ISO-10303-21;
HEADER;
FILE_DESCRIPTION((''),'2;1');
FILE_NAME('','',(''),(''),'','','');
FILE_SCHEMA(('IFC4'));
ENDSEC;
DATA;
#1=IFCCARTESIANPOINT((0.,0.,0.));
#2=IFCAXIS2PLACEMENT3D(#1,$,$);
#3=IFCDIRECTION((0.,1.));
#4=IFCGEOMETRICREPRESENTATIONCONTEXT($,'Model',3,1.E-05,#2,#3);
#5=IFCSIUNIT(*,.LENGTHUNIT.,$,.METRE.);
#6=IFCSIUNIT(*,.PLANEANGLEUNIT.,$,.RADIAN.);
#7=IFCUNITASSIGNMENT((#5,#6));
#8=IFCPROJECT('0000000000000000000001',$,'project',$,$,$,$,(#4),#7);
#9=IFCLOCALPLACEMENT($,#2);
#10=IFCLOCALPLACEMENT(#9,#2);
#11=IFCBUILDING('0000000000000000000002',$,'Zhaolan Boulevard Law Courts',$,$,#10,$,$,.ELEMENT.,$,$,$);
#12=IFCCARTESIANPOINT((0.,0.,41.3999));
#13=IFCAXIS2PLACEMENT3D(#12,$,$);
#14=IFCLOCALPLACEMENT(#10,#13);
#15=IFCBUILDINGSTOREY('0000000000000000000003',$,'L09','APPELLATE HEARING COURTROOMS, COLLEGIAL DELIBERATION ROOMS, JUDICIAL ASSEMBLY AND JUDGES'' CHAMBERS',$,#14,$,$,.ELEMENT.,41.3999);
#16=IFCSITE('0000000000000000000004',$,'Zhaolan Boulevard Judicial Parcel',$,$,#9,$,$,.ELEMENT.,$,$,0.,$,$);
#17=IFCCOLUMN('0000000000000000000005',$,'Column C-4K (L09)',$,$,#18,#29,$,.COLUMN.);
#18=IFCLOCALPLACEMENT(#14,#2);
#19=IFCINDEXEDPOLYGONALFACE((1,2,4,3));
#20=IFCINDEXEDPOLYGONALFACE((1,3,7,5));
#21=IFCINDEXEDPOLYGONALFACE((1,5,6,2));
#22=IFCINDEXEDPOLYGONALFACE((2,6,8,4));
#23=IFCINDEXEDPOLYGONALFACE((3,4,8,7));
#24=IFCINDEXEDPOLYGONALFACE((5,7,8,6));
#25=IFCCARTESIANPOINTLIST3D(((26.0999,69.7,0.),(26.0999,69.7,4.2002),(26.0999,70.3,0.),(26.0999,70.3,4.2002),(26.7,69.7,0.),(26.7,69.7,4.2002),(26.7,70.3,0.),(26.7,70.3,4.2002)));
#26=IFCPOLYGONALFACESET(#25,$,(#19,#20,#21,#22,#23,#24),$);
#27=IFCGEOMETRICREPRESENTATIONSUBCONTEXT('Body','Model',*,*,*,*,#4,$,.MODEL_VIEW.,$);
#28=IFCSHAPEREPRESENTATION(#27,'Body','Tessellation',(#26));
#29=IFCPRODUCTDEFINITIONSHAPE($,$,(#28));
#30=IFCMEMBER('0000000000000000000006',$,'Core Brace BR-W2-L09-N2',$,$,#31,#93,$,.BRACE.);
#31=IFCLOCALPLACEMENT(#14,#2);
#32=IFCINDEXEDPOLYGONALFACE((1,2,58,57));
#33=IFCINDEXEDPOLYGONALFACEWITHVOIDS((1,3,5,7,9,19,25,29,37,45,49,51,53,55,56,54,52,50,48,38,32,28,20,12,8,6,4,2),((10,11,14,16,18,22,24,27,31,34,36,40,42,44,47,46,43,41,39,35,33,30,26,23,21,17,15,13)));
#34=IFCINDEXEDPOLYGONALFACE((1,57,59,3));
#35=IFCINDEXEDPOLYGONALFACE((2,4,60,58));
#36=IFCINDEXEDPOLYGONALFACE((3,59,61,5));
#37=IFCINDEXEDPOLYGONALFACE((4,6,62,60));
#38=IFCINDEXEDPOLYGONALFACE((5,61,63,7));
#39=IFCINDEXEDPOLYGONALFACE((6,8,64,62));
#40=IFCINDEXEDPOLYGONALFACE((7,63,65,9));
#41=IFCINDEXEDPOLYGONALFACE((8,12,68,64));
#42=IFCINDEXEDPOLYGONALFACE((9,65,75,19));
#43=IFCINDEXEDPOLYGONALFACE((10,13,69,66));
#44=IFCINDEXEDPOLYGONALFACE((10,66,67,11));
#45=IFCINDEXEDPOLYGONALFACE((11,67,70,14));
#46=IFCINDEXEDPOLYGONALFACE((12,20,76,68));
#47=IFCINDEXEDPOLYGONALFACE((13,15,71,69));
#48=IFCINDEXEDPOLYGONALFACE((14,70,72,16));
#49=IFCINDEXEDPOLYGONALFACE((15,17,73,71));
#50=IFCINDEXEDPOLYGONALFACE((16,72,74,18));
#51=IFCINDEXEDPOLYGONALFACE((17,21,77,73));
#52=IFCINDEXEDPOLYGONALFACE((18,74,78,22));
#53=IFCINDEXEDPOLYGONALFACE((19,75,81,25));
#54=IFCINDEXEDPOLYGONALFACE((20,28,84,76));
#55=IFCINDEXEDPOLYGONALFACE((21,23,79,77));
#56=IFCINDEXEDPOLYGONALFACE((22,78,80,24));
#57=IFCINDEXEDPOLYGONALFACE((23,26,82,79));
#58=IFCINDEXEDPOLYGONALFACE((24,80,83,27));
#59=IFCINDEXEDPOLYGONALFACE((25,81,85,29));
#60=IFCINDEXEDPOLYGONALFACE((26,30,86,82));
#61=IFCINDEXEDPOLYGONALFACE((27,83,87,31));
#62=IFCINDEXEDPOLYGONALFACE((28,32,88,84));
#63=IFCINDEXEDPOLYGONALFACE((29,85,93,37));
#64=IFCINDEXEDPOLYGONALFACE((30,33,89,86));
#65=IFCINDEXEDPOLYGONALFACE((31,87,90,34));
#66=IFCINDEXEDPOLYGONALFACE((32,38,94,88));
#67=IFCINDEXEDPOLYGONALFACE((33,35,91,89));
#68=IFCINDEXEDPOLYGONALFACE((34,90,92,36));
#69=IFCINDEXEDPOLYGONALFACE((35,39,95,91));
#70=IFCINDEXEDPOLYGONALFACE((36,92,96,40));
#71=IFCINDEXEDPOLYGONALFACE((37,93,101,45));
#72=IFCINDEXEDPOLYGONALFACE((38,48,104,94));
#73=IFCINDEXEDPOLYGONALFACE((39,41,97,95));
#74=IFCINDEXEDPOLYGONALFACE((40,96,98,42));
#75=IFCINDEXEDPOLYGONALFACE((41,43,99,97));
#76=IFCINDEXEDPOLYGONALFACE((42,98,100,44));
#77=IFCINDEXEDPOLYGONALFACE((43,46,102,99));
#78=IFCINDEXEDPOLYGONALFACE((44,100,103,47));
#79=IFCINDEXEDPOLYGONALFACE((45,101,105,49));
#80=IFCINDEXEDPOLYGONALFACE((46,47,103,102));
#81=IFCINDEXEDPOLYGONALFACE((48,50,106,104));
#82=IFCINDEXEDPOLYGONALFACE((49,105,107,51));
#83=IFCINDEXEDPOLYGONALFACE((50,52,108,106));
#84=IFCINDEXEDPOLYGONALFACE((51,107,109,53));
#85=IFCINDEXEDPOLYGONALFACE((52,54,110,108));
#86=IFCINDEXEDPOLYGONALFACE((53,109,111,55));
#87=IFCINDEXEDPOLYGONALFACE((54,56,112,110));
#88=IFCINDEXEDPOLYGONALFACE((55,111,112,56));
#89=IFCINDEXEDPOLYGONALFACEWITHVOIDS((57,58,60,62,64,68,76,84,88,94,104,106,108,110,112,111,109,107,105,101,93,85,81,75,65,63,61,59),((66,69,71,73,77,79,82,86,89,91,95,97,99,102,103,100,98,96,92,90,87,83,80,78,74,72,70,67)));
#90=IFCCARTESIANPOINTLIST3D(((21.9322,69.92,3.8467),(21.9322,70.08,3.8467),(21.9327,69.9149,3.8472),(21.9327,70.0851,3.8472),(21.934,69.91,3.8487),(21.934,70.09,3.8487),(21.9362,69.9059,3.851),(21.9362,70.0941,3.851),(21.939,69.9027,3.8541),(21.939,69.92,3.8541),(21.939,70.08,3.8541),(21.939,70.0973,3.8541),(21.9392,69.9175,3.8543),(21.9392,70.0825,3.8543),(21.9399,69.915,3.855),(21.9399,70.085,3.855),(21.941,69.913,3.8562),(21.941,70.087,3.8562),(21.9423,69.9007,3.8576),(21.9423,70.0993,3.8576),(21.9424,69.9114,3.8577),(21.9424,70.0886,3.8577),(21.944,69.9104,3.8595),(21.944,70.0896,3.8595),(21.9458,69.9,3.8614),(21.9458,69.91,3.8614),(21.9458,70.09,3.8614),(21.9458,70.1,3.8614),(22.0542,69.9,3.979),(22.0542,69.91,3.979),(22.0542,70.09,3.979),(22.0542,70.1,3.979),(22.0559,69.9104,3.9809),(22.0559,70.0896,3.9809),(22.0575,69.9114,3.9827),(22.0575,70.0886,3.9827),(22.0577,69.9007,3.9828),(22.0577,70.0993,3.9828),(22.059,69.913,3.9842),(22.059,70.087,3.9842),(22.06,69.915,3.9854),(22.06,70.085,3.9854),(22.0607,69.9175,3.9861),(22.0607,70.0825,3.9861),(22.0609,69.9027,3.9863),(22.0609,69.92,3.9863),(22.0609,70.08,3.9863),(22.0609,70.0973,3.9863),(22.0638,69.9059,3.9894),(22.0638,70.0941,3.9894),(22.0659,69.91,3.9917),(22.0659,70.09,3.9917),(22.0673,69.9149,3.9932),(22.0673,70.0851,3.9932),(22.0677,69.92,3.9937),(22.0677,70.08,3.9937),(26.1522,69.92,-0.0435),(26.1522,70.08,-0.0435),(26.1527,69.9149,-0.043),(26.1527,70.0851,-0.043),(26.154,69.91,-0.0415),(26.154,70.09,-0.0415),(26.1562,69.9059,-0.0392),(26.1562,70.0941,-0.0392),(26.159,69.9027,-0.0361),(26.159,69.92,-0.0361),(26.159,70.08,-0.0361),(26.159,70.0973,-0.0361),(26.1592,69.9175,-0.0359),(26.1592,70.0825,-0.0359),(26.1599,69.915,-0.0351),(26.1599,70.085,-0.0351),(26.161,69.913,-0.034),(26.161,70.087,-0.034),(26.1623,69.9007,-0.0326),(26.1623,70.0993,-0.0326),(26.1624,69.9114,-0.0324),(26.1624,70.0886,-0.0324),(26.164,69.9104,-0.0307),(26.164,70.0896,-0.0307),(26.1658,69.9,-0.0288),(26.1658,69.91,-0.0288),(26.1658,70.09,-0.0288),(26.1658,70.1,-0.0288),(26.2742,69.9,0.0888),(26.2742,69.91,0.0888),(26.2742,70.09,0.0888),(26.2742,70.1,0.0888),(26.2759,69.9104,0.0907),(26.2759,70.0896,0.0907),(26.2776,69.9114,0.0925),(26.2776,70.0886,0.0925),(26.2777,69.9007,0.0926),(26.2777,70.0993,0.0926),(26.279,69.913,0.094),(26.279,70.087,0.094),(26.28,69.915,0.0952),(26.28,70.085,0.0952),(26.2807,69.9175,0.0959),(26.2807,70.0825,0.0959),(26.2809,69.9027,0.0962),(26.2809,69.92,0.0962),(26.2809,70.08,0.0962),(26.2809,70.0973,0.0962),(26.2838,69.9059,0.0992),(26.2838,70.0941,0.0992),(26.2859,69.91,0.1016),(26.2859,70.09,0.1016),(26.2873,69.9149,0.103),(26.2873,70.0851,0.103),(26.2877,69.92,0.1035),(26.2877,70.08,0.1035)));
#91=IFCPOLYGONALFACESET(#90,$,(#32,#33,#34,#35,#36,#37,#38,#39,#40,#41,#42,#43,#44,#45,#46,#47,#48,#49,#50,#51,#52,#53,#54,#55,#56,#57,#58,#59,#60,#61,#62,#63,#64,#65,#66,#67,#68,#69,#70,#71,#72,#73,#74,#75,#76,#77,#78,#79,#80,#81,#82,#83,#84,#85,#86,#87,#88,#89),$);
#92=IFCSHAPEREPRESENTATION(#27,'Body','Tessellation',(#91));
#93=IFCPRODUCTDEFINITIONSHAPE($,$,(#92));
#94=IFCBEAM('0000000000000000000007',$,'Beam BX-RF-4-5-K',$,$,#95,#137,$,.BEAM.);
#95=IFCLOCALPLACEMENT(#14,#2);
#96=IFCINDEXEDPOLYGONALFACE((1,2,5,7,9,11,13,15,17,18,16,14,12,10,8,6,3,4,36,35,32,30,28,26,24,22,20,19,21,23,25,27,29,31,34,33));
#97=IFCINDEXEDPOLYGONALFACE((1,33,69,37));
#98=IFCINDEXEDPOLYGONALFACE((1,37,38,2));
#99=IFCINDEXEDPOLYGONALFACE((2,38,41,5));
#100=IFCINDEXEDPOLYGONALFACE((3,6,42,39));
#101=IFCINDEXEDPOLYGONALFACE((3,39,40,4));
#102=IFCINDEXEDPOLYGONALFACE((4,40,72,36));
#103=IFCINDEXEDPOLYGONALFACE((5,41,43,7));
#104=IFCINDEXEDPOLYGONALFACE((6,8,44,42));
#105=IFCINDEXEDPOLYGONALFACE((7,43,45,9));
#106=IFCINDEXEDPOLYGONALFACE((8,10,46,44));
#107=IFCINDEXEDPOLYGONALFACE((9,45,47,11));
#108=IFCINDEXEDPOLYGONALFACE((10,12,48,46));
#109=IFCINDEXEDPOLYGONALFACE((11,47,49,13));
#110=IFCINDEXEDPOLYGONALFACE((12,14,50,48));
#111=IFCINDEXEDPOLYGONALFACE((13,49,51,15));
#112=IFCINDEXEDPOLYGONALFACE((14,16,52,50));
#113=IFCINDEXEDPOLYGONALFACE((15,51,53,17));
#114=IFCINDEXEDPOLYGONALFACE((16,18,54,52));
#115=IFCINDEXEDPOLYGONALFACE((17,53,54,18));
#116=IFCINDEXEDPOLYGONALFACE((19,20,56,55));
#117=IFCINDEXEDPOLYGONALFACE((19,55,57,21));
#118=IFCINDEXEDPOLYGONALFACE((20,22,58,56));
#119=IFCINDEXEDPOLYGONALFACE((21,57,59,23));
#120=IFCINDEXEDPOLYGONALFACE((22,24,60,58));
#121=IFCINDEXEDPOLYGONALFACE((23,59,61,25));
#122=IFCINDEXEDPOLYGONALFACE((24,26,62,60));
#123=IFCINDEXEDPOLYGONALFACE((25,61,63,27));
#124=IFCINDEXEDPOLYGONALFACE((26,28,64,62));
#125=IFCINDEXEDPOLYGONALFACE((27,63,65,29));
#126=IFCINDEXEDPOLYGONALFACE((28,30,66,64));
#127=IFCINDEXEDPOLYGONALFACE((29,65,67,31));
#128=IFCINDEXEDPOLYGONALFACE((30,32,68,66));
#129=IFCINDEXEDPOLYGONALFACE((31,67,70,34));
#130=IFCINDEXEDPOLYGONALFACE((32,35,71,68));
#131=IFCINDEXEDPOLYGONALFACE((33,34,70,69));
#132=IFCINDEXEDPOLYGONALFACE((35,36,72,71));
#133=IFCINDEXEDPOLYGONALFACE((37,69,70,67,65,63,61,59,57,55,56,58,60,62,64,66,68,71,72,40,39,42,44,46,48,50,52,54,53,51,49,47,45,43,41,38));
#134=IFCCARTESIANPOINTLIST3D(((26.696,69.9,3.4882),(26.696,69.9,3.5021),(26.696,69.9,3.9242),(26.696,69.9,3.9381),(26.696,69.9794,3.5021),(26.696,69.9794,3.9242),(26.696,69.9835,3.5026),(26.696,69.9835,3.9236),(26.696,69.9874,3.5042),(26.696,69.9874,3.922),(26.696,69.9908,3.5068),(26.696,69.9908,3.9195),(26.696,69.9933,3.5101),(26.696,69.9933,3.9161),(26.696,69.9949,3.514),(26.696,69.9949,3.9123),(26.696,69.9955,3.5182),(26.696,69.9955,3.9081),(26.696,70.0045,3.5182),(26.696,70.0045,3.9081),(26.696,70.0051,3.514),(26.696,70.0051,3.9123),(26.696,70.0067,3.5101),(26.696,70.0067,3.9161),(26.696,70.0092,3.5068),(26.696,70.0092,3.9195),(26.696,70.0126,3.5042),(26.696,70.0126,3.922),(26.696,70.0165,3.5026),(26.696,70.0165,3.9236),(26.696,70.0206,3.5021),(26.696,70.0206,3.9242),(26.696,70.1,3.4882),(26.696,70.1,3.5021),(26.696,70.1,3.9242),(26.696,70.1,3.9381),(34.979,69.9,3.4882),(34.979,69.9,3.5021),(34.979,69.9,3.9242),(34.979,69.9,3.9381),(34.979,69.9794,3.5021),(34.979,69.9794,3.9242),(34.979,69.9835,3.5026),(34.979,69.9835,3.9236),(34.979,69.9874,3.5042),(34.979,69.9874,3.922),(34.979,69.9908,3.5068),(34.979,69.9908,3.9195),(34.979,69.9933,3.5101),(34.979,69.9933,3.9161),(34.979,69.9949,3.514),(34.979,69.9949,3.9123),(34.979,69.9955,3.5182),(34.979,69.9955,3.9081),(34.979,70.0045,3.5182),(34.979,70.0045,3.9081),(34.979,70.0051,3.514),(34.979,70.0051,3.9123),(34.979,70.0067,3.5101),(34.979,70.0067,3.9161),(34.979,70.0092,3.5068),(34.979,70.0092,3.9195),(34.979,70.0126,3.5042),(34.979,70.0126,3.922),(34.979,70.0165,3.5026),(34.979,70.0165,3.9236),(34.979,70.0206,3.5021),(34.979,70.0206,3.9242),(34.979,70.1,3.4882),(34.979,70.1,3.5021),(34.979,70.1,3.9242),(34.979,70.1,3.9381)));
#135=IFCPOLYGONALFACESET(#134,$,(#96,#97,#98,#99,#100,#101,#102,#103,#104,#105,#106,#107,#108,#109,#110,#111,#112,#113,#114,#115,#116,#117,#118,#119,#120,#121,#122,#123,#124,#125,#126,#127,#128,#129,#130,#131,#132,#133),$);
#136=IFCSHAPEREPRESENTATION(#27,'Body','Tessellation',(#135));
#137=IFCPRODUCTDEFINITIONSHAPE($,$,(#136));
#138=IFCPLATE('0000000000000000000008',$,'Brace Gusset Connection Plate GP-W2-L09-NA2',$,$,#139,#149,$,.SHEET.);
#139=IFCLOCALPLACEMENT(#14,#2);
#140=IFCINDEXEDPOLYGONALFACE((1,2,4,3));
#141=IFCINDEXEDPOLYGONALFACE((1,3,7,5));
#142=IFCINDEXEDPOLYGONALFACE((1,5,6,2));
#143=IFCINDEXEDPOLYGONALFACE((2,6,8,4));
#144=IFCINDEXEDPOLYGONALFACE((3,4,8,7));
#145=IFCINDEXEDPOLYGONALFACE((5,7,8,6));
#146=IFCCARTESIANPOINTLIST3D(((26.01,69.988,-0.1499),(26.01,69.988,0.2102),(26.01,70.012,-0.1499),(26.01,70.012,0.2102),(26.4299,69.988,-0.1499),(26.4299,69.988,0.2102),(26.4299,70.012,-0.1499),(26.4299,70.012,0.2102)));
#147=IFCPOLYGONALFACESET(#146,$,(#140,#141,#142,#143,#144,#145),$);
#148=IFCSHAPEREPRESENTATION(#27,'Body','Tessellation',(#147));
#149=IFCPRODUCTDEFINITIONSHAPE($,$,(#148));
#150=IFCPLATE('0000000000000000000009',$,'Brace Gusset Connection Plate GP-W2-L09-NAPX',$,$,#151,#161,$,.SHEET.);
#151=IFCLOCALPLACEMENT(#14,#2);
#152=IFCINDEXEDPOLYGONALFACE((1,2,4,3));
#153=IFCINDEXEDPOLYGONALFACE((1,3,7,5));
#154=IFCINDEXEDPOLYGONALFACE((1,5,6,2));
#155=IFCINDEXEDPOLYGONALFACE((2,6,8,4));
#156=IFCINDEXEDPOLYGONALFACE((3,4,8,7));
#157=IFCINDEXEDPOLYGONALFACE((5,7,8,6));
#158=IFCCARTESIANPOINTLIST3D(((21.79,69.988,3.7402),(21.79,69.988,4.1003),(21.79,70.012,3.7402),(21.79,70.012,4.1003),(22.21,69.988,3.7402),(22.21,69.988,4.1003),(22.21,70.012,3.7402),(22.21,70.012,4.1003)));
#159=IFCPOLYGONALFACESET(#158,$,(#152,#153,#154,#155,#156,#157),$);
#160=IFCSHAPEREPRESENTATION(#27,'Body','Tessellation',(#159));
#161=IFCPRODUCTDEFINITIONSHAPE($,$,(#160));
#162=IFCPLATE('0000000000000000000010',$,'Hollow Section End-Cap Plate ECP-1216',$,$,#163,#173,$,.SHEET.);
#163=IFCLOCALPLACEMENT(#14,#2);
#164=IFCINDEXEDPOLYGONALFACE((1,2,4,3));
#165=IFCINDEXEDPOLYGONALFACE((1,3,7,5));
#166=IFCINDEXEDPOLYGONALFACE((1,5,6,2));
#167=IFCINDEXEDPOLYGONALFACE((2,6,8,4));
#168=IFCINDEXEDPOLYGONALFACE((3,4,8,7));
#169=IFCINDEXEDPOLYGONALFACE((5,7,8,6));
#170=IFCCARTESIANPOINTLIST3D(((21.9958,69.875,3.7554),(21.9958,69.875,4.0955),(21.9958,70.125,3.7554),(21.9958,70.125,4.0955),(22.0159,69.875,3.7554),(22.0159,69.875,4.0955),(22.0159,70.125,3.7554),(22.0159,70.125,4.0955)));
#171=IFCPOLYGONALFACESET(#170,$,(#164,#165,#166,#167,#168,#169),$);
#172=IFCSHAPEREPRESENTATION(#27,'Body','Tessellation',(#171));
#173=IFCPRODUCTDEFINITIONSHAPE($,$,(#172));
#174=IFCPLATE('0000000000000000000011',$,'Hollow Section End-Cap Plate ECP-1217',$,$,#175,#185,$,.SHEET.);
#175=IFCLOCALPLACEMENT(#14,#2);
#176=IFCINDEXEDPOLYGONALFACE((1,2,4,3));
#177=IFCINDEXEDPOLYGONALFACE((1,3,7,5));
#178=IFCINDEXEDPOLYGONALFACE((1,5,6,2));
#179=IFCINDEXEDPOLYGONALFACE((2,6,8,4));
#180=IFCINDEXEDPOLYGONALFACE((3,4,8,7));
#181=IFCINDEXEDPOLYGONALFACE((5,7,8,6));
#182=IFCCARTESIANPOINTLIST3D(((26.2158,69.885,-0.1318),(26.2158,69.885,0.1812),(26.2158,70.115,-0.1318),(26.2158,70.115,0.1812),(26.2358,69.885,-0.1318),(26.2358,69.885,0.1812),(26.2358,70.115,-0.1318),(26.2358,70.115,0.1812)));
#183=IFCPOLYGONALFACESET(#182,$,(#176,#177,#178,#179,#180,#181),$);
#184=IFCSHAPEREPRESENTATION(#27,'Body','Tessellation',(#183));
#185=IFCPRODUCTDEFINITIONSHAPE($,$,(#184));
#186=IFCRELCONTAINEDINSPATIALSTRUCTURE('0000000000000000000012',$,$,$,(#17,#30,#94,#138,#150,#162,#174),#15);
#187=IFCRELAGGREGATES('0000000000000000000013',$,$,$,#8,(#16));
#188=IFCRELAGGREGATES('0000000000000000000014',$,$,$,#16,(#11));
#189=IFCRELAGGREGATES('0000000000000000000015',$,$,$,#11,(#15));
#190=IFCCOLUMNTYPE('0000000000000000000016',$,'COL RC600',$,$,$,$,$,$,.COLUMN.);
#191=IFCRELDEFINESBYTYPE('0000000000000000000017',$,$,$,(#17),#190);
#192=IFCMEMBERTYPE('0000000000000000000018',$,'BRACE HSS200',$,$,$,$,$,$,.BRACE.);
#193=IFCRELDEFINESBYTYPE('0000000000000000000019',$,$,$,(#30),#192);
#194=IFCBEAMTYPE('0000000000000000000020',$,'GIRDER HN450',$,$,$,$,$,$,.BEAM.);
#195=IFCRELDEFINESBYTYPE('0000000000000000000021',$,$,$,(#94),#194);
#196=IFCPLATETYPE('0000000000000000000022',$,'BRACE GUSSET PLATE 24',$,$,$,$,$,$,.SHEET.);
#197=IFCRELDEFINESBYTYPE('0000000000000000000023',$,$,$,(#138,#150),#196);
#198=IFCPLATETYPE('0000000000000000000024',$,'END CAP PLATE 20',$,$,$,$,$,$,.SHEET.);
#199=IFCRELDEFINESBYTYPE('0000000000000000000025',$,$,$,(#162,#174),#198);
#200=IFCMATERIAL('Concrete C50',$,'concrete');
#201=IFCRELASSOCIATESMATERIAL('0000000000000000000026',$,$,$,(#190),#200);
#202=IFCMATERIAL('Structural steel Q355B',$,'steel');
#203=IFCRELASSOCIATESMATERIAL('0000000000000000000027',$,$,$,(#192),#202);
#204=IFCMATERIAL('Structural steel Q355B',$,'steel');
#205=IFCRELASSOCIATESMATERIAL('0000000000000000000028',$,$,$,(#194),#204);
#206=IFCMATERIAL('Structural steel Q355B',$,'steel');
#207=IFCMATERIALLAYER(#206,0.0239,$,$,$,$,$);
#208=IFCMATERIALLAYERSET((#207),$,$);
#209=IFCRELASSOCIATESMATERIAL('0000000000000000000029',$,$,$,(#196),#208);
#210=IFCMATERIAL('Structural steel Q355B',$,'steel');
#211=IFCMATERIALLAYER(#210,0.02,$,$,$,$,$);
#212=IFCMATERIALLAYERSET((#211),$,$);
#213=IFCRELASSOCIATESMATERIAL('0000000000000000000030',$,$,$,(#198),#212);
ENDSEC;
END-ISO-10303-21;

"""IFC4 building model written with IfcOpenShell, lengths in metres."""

from ifc_helpers import new_model, si_unit, direction, frame, origin, origin_2d, place, context, subcontext, project, spatial, rectangle, hollow_rectangle, i_section, extrude, material, layer, layer_set, material_profile, profile_set, type_object, element, save


model = new_model("IFC4")

# Units and contexts
model_context = context("Model", 3, precision=1e-05, world=origin(), true_north=direction((0.0, 1.0)))
body_context = subcontext(model_context, "Body", "Model", "MODEL_VIEW")
ifc_project = project(units=[si_unit("LENGTHUNIT", "METRE"), si_unit("PLANEANGLEUNIT", "RADIAN")], contexts=[model_context])

# Site, building, storey
site_placement = place(None, origin())
site = spatial("IfcSite", under=ifc_project, at=site_placement, Name="Zhaolan Boulevard Judicial Parcel", CompositionType="ELEMENT", RefElevation=0.0)
building_placement = place(site_placement, origin())
building = spatial("IfcBuilding", under=site, at=building_placement, Name="Zhaolan Boulevard Law Courts", CompositionType="ELEMENT")
storey_placement = place(building_placement, frame((0.0, 0.0, 41.3999)))
storey = spatial("IfcBuildingStorey", under=building, at=storey_placement, Name="L09", Description="APPELLATE HEARING COURTROOMS, COLLEGIAL DELIBERATION ROOMS, JUDICIAL ASSEMBLY AND JUDGES' CHAMBERS", CompositionType="ELEMENT", Elevation=41.3999)

# Column
ifc_material_1 = material(Name="Concrete C50", Category="concrete")
ifc_material_profile_1 = material_profile(ifc_material_1, rectangle(XDim=0.6001, YDim=0.6001, at=origin_2d()), Name="RC600x600")
ifc_profile_set_1 = profile_set([ifc_material_profile_1], Name="Concrete C50")
column_type = type_object("IfcColumnType", Name="COL RC600", PredefinedType="COLUMN", material=ifc_profile_set_1)
column_placement = place(storey_placement, frame((26.3999, 70.0, 0.0), z_axis=(0.0, 0.0, 1.0), x_axis=(1.0, 0.0, 0.0)))
element("IfcColumn", 1, at=column_placement, inside=storey, type_object=column_type, Name="Column C-4K (L09)", PredefinedType="COLUMN", context=body_context, shape_type="SweptSolid", body=[
    extrude(rectangle(XDim=0.6001, YDim=0.6001, at=origin_2d()), origin(), (0.0, 0.0, 1.0), 4.2002),
])

# Member
ifc_material_2 = material(Name="Structural steel Q355B", Category="steel")
ifc_material_profile_2 = material_profile(ifc_material_2, hollow_rectangle(XDim=0.2, YDim=0.2, WallThickness=0.01, InnerFilletRadius=0.01, OuterFilletRadius=0.02, at=origin_2d()), Name="HSS200x200x10")
ifc_profile_set_2 = profile_set([ifc_material_profile_2], Name="Structural steel Q355B")
member_type = type_object("IfcMemberType", Name="BRACE HSS200", PredefinedType="BRACE", material=ifc_profile_set_2)
member_placement = place(storey_placement, frame((26.22, 70.0, 0.03), z_axis=(-0.735257, 0.0, 0.677789), x_axis=(0.0, -1.0, 0.0)))
element("IfcMember", 2, at=member_placement, inside=storey, type_object=member_type, Name="Core Brace BR-W2-L09-N2", PredefinedType="BRACE", context=body_context, shape_type="SweptSolid", body=[
    extrude(hollow_rectangle(XDim=0.2, YDim=0.2, WallThickness=0.01, InnerFilletRadius=0.01, OuterFilletRadius=0.02, at=origin_2d()), origin(), (0.0, 0.0, 1.0), 5.7395),
])

# Beam
ifc_material_3 = material(Name="Structural steel Q355B", Category="steel")
ifc_material_profile_3 = material_profile(ifc_material_3, i_section(OverallWidth=0.2, OverallDepth=0.45, WebThickness=0.009, FlangeThickness=0.0139, FilletRadius=0.0161, at=origin_2d()), Name="HN450x200")
ifc_profile_set_3 = profile_set([ifc_material_profile_3], Name="Structural steel Q355B")
beam_type = type_object("IfcBeamType", Name="GIRDER HN450", PredefinedType="BEAM", material=ifc_profile_set_3)
beam_placement = place(storey_placement, frame((26.696, 70.0, 3.7131), z_axis=(1.0, 0.0, 0.0), x_axis=(0.0, 1.0, 0.0)))
element("IfcBeam", 3, at=beam_placement, inside=storey, type_object=beam_type, Name="Beam BX-RF-4-5-K", PredefinedType="BEAM", context=body_context, shape_type="SweptSolid", body=[
    extrude(i_section(OverallWidth=0.2, OverallDepth=0.45, WebThickness=0.009, FlangeThickness=0.0139, FilletRadius=0.0161, at=origin_2d()), origin(), (0.0, 0.0, 1.0), 8.283),
])

# Plates
ifc_material_4 = material(Name="Structural steel Q355B", Category="steel")
ifc_layer_1 = layer(ifc_material_4, 0.0239)
ifc_layer_set_1 = layer_set([ifc_layer_1])
plate_type_1 = type_object("IfcPlateType", Name="BRACE GUSSET PLATE 24", PredefinedType="SHEET", material=ifc_layer_set_1)
for number, where, z_axis, x_axis, name in (
    (4, (26.22, 70.0, -0.1499), (0.0, 0.0, 1.0), (1.0, 0.0, 0.0), "Brace Gusset Connection Plate GP-W2-L09-NA2"),
    (5, (22.0, 70.0, 3.7402), (0.0, 0.0, 1.0), (1.0, 0.0, 0.0), "Brace Gusset Connection Plate GP-W2-L09-NAPX"),
):
    element("IfcPlate", number, at=place(storey_placement, frame(where, z_axis=z_axis, x_axis=x_axis)), inside=storey, type_object=plate_type_1, Name=name, PredefinedType="SHEET", context=body_context, shape_type="SweptSolid", body=[
        extrude(rectangle(XDim=0.4199, YDim=0.0239, at=origin_2d()), origin(), (0.0, 0.0, 1.0), 0.3601),
    ])
ifc_material_5 = material(Name="Structural steel Q355B", Category="steel")
ifc_layer_2 = layer(ifc_material_5, 0.02)
ifc_layer_set_2 = layer_set([ifc_layer_2])
plate_type_2 = type_object("IfcPlateType", Name="END CAP PLATE 20", PredefinedType="SHEET", material=ifc_layer_set_2)
plate_placement = place(storey_placement, frame((22.0059, 70.0, 3.7554), z_axis=(0.0, 0.0, 1.0), x_axis=(1.0, 0.0, 0.0)))
element("IfcPlate", 6, at=plate_placement, inside=storey, type_object=plate_type_2, Name="Hollow Section End-Cap Plate ECP-1216", PredefinedType="SHEET", context=body_context, shape_type="SweptSolid", body=[
    extrude(rectangle(XDim=0.02, YDim=0.25, at=origin_2d()), origin(), (0.0, 0.0, 1.0), 0.3401),
])
for number, where, z_axis, x_axis, name in (
    (7, (26.2258, 70.0, -0.1318), (0.0, 0.0, 1.0), (-1.0, 0.0, 0.0), "Hollow Section End-Cap Plate ECP-1217"),
):
    element("IfcPlate", number, at=place(storey_placement, frame(where, z_axis=z_axis, x_axis=x_axis)), inside=storey, type_object=plate_type_2, Name=name, PredefinedType="SHEET", context=body_context, shape_type="SweptSolid", body=[
        extrude(rectangle(XDim=0.02, YDim=0.23, at=origin_2d()), origin(), (0.0, 0.0, 1.0), 0.313),
    ])

save(model, "model.ifc")
